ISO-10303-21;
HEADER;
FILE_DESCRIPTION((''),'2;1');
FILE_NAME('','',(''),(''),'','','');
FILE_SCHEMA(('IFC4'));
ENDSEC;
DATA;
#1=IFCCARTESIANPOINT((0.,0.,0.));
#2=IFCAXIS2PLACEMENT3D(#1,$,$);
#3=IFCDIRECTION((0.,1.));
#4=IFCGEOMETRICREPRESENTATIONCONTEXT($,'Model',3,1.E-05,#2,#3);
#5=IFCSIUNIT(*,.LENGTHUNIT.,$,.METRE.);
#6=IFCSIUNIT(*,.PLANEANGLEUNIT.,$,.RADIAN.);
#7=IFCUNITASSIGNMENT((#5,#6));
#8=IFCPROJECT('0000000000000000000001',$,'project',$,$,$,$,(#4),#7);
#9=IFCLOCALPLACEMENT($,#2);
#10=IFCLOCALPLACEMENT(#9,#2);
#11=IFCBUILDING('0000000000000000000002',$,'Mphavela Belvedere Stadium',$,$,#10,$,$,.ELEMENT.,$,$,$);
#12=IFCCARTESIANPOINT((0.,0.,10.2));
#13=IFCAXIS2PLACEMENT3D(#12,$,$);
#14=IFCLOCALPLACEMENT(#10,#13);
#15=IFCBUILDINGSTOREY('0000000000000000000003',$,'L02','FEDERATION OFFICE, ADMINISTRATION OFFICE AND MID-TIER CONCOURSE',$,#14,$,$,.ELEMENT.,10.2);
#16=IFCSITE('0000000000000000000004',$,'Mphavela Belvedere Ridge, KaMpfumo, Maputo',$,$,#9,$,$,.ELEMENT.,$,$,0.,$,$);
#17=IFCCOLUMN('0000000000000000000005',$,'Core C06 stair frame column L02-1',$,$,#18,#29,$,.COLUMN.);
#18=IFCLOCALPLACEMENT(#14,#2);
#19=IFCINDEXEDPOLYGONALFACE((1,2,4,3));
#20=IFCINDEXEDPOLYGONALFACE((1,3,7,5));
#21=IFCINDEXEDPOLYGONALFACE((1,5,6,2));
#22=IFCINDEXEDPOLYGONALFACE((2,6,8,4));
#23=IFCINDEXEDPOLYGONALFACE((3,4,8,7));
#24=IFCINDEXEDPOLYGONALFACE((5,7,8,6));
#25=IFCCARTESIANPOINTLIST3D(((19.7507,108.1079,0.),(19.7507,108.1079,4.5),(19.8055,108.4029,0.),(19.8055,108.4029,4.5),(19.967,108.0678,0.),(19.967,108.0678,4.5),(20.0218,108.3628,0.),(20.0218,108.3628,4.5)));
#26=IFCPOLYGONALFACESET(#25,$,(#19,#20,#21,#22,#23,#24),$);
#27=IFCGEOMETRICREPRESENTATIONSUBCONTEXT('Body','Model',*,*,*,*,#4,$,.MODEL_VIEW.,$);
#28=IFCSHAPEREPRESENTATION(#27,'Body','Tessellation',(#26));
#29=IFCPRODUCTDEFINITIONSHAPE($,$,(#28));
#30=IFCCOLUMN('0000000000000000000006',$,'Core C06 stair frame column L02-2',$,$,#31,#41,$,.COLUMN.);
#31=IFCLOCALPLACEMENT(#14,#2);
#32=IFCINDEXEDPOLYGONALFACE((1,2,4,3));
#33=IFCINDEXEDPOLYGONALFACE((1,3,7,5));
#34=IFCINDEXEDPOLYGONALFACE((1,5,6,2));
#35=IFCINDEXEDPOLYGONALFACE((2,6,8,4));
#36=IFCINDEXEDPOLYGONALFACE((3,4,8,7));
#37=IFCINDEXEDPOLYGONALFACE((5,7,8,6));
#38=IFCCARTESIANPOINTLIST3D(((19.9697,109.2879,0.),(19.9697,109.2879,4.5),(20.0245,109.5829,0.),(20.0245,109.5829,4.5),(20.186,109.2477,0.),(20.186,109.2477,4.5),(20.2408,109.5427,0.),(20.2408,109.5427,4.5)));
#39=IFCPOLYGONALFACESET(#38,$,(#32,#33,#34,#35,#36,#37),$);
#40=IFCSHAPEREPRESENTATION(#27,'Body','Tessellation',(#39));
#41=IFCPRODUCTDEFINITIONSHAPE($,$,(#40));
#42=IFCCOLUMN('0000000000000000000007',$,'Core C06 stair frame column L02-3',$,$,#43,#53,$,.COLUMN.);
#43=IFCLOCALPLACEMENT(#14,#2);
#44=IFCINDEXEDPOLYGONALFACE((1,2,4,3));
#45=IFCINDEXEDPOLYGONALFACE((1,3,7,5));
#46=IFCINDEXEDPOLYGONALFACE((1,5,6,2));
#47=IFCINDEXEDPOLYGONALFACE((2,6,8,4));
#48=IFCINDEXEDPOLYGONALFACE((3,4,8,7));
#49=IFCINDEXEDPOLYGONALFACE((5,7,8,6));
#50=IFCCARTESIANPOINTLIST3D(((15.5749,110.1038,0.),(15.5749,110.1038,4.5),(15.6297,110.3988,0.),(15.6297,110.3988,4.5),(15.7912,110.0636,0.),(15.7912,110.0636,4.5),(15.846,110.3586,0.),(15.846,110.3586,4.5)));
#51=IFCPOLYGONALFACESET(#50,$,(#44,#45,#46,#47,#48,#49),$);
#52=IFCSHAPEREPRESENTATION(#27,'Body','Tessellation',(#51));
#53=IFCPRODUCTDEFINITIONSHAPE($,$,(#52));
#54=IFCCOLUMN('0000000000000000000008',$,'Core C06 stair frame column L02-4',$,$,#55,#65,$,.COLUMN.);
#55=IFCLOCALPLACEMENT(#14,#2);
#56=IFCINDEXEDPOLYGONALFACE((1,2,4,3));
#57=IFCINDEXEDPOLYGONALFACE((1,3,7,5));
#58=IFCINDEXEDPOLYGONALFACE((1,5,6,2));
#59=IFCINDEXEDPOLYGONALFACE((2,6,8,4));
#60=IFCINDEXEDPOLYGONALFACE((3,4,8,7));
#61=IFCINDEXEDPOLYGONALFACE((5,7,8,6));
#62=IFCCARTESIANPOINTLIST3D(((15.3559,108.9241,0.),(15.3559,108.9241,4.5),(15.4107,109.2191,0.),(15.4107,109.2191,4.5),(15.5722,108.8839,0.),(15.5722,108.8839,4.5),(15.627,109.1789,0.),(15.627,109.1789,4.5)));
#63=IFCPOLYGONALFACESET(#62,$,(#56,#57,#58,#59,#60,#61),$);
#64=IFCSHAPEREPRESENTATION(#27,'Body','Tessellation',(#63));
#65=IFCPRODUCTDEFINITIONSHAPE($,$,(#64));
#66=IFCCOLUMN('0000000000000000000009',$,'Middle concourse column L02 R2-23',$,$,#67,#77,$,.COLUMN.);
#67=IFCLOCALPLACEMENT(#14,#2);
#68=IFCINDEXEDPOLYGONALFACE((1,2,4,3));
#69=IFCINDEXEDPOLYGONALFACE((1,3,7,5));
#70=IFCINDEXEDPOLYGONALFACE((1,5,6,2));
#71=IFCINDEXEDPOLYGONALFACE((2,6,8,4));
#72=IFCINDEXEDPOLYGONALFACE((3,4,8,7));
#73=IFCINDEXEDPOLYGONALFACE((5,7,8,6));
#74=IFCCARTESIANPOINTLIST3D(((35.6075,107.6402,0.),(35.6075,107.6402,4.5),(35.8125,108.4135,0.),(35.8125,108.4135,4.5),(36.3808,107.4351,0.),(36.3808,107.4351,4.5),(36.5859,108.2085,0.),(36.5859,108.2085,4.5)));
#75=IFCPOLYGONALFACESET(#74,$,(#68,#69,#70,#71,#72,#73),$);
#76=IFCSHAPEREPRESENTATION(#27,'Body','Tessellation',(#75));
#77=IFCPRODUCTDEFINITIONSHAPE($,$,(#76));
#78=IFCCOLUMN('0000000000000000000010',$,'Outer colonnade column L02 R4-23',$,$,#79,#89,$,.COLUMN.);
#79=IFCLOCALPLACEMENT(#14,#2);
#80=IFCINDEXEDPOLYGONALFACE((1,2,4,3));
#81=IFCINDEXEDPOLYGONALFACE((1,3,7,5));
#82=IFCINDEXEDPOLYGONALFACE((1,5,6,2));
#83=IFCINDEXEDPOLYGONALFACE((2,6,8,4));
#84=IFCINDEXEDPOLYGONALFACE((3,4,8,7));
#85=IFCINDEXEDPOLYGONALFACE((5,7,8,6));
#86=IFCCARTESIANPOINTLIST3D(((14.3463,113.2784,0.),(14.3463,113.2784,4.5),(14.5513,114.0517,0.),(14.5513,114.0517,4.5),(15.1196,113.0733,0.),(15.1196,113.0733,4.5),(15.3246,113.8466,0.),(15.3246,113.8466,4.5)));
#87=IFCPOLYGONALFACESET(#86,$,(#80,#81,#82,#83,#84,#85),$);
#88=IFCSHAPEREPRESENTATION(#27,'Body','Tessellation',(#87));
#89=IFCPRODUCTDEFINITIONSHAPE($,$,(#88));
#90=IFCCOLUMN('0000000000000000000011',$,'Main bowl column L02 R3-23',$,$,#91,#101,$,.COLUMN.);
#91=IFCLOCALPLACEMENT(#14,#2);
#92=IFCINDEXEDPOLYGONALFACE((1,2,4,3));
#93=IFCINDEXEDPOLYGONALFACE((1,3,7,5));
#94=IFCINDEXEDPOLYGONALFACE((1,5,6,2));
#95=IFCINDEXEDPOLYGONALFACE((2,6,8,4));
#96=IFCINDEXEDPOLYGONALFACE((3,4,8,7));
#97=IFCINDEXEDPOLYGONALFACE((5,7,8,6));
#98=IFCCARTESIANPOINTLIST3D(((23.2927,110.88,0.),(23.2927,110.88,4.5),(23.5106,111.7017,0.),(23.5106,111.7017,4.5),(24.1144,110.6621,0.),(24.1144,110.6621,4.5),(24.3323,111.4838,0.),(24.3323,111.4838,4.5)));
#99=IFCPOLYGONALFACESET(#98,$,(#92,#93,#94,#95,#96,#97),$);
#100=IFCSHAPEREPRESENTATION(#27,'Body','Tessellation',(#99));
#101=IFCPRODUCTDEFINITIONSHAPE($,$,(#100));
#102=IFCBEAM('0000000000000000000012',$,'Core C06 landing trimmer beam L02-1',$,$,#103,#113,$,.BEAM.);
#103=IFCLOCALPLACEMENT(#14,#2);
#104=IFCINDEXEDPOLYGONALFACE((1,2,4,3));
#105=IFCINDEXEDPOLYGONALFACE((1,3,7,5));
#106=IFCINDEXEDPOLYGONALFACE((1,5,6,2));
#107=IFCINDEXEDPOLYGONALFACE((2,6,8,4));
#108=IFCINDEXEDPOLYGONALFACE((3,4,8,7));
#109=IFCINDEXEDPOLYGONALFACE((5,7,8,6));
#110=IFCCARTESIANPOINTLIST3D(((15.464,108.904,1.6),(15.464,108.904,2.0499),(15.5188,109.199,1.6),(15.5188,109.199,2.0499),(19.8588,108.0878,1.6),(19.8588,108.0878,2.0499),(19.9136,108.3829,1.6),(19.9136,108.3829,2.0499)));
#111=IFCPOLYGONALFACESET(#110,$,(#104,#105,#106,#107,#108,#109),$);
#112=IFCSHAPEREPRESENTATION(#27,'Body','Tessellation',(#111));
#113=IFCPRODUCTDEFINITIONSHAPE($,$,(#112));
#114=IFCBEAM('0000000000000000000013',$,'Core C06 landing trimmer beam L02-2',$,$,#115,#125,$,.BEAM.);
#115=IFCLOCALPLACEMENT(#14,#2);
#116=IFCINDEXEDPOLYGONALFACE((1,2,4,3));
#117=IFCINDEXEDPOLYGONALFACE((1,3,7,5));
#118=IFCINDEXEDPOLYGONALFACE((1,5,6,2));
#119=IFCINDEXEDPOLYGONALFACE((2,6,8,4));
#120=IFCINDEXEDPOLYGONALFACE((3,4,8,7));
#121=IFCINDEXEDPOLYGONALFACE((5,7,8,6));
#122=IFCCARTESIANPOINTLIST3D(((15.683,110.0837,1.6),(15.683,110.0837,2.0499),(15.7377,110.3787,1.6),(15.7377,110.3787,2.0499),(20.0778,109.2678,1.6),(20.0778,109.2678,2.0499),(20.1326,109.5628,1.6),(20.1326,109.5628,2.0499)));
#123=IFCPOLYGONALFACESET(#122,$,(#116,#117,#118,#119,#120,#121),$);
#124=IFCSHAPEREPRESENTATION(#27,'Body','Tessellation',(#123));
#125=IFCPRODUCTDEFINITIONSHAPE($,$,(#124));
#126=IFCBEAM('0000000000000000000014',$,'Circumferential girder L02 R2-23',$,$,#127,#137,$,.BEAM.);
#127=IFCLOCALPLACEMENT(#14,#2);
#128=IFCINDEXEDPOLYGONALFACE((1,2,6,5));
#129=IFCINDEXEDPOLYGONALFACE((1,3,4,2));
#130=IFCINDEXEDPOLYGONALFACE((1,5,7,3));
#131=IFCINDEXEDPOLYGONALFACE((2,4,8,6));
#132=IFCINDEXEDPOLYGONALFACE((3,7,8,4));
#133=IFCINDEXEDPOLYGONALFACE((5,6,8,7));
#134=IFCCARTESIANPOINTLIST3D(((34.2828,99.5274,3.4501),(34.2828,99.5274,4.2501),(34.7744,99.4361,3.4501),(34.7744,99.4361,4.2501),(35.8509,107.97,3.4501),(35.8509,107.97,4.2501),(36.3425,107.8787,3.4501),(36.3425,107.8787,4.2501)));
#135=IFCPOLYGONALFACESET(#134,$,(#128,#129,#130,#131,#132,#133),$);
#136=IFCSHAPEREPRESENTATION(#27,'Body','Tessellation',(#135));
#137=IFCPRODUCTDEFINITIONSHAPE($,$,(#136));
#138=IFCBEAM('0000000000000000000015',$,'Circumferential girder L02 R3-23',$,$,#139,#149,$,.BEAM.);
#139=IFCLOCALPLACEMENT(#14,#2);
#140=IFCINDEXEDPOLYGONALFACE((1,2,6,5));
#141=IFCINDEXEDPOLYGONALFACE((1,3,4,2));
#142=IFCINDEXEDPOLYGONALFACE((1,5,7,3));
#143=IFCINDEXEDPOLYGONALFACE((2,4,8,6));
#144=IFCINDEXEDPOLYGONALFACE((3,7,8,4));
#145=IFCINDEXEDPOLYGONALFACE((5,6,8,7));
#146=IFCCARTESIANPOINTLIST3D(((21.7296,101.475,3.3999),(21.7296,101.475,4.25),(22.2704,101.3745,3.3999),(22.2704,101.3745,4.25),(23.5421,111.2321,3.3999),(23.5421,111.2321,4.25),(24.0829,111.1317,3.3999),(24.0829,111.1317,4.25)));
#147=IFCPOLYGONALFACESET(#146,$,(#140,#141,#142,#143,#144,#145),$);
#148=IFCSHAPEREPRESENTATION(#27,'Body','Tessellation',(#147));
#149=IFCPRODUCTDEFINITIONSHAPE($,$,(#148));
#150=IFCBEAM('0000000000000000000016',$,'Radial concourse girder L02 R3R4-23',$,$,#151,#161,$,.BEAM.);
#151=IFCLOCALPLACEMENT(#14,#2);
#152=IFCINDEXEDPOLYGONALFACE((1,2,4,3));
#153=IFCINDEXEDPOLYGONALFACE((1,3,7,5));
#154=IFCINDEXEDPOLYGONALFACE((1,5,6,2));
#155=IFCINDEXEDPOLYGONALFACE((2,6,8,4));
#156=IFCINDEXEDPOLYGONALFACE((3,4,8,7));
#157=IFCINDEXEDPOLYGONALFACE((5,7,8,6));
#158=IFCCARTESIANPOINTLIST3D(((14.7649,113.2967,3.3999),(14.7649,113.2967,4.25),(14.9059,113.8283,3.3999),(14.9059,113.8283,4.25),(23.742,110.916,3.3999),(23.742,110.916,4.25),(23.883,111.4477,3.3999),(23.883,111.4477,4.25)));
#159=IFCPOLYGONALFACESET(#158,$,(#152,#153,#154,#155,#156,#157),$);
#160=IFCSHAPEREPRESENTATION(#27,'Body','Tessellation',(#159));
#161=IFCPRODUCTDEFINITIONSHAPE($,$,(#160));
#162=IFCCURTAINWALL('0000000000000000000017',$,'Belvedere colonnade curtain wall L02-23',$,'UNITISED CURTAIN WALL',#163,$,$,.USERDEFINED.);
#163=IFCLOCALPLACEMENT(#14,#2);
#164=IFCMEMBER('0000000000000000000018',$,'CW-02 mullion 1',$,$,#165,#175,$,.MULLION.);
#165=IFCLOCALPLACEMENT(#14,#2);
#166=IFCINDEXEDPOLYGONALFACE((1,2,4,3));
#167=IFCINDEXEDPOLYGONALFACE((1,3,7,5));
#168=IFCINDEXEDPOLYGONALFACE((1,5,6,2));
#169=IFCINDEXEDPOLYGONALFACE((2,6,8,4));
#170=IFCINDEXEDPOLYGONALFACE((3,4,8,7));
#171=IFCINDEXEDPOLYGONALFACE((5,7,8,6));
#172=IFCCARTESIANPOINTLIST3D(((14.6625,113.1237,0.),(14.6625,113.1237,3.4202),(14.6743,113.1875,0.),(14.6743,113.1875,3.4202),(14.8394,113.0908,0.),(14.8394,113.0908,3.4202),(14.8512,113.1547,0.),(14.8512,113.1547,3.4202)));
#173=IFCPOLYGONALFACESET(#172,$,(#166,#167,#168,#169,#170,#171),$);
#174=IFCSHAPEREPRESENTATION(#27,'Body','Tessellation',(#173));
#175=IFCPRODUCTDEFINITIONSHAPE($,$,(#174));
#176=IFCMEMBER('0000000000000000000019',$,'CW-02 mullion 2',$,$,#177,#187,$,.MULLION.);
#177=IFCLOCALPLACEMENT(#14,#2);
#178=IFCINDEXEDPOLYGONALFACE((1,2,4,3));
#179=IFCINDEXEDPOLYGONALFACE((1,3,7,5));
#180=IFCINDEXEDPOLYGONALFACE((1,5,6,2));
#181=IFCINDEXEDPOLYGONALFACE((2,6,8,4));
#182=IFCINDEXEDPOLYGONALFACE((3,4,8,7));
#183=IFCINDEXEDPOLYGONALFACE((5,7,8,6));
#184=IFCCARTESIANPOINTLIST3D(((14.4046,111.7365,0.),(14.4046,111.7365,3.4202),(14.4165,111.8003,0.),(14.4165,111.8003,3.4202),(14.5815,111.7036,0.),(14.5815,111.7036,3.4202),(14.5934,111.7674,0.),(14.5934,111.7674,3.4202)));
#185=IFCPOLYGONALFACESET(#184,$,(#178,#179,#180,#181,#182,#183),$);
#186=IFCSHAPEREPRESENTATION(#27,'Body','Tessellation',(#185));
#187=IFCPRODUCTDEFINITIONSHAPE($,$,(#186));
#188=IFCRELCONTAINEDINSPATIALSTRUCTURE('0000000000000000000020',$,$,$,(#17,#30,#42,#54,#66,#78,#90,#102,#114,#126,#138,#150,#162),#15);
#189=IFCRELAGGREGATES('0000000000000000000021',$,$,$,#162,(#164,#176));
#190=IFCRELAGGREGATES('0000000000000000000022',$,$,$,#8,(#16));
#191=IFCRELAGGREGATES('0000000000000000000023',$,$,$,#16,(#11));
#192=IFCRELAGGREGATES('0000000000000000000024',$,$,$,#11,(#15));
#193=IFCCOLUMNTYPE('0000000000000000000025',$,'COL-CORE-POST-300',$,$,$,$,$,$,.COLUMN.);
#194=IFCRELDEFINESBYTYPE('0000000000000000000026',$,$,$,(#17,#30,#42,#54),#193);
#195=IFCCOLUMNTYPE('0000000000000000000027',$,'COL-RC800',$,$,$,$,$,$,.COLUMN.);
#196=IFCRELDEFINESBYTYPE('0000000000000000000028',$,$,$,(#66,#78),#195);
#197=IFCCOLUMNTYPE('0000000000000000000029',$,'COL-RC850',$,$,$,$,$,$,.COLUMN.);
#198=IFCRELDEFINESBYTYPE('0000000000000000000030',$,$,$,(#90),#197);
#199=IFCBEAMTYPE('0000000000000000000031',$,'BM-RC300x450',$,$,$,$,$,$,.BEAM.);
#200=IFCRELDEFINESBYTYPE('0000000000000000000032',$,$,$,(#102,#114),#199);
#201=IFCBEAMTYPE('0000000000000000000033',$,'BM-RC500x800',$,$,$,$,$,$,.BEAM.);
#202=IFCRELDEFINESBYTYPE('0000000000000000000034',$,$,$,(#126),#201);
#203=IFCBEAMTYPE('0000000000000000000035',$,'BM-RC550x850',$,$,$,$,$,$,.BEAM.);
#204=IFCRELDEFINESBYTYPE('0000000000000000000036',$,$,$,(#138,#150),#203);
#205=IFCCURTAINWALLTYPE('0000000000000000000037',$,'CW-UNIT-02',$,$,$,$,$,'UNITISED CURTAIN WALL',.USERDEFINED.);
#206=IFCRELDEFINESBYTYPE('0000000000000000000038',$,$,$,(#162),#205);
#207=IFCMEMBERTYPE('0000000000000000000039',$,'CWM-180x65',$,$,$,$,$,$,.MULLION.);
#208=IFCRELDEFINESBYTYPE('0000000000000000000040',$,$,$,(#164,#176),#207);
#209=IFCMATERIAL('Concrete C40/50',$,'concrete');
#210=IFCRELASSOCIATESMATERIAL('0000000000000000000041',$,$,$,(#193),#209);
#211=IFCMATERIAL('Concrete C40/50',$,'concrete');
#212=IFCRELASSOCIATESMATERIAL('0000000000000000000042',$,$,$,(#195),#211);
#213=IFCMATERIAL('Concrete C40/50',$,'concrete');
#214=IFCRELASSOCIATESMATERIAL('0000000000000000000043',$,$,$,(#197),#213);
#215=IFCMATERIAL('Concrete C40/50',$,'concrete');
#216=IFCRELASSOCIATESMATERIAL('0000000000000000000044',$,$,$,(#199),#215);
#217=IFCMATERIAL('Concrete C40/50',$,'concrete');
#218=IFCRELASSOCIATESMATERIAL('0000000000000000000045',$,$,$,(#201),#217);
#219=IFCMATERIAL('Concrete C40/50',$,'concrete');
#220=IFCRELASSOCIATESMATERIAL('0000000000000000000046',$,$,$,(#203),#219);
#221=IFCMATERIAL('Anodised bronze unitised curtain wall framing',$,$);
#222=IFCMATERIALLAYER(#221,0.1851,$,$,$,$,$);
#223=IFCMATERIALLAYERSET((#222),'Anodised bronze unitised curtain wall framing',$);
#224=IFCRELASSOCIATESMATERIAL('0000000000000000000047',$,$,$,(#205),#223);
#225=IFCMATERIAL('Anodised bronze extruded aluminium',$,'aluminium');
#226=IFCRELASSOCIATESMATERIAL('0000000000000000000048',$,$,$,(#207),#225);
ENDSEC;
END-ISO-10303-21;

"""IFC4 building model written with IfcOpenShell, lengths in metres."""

from ifc_helpers import new_model, si_unit, direction, frame, origin, origin_2d, place, context, subcontext, project, spatial, rectangle, extrude, material, layer, layer_set, material_profile, profile_set, type_object, element, aggregate, save


model = new_model("IFC4")

# Units and contexts
model_context = context("Model", 3, precision=1e-05, world=origin(), true_north=direction((0.0, 1.0)))
body_context = subcontext(model_context, "Body", "Model", "MODEL_VIEW")
ifc_project = project(units=[si_unit("LENGTHUNIT", "METRE"), si_unit("PLANEANGLEUNIT", "RADIAN")], contexts=[model_context])

# Site, building, storey
site_placement = place(None, origin())
site = spatial("IfcSite", under=ifc_project, at=site_placement, Name="Mphavela Belvedere Ridge, KaMpfumo, Maputo", CompositionType="ELEMENT", RefElevation=0.0)
building_placement = place(site_placement, origin())
building = spatial("IfcBuilding", under=site, at=building_placement, Name="Mphavela Belvedere Stadium", CompositionType="ELEMENT")
storey_placement = place(building_placement, frame((0.0, 0.0, 10.2)))
storey = spatial("IfcBuildingStorey", under=building, at=storey_placement, Name="L02", Description="FEDERATION OFFICE, ADMINISTRATION OFFICE AND MID-TIER CONCOURSE", CompositionType="ELEMENT", Elevation=10.2)

# Columns
ifc_material_1 = material(Name="Concrete C40/50", Category="concrete")
ifc_material_profile_1 = material_profile(ifc_material_1, rectangle(XDim=0.3, YDim=0.22, at=origin_2d()), Name="RC 300x220")
ifc_profile_set_1 = profile_set([ifc_material_profile_1], Name="Concrete C40/50")
column_type_1 = type_object("IfcColumnType", Name="COL-CORE-POST-300", PredefinedType="COLUMN", material=ifc_profile_set_1)
for number, where, z_axis, x_axis, name in (
    (1, (19.8862, 108.2354, 0.0), (0.0, 0.0, 1.0), (0.182579, 0.983191, 0.0), "Core C06 stair frame column L02-1"),
    (2, (20.1052, 109.4153, 0.0), (0.0, 0.0, 1.0), (0.182579, 0.983191, 0.0), "Core C06 stair frame column L02-2"),
    (3, (15.7104, 110.2312, 0.0), (0.0, 0.0, 1.0), (0.182579, 0.983191, 0.0), "Core C06 stair frame column L02-3"),
    (4, (15.4915, 109.0515, 0.0), (0.0, 0.0, 1.0), (0.182579, 0.983191, 0.0), "Core C06 stair frame column L02-4"),
):
    element("IfcColumn", number, at=place(storey_placement, frame(where, z_axis=z_axis, x_axis=x_axis)), inside=storey, type_object=column_type_1, Name=name, PredefinedType="COLUMN", context=body_context, shape_type="SweptSolid", body=[
        extrude(rectangle(XDim=0.3, YDim=0.22, at=origin_2d()), origin(), (0.0, 0.0, 1.0), 4.5),
    ])
ifc_material_2 = material(Name="Concrete C40/50", Category="concrete")
ifc_material_profile_2 = material_profile(ifc_material_2, rectangle(XDim=0.8, YDim=0.8, at=origin_2d()), Name="RC 800x800")
ifc_profile_set_2 = profile_set([ifc_material_profile_2], Name="Concrete C40/50")
column_type_2 = type_object("IfcColumnType", Name="COL-RC800", PredefinedType="COLUMN", material=ifc_profile_set_2)
for number, where, z_axis, x_axis, name in (
    (5, (36.0967, 107.9243, 0.0), (0.0, 0.0, 1.0), (-0.9666, 0.256289, 0.0), "Middle concourse column L02 R2-23"),
    (6, (14.8354, 113.5625, 0.0), (0.0, 0.0, 1.0), (-0.9666, 0.256289, 0.0), "Outer colonnade column L02 R4-23"),
):
    element("IfcColumn", number, at=place(storey_placement, frame(where, z_axis=z_axis, x_axis=x_axis)), inside=storey, type_object=column_type_2, Name=name, PredefinedType="COLUMN", context=body_context, shape_type="SweptSolid", body=[
        extrude(rectangle(XDim=0.8, YDim=0.8, at=origin_2d()), origin(), (0.0, 0.0, 1.0), 4.5),
    ])
ifc_material_3 = material(Name="Concrete C40/50", Category="concrete")
ifc_material_profile_3 = material_profile(ifc_material_3, rectangle(XDim=0.8501, YDim=0.8501, at=origin_2d()), Name="RC 850x850")
ifc_profile_set_3 = profile_set([ifc_material_profile_3], Name="Concrete C40/50")
column_type_3 = type_object("IfcColumnType", Name="COL-RC850", PredefinedType="COLUMN", material=ifc_profile_set_3)
column_placement = place(storey_placement, frame((23.8125, 111.1819, 0.0), z_axis=(0.0, 0.0, 1.0), x_axis=(-0.9666, 0.256289, 0.0)))
element("IfcColumn", 7, at=column_placement, inside=storey, type_object=column_type_3, Name="Main bowl column L02 R3-23", PredefinedType="COLUMN", context=body_context, shape_type="SweptSolid", body=[
    extrude(rectangle(XDim=0.8501, YDim=0.8501, at=origin_2d()), origin(), (0.0, 0.0, 1.0), 4.5),
])

# Beams
ifc_material_4 = material(Name="Concrete C40/50", Category="concrete")
ifc_material_profile_4 = material_profile(ifc_material_4, rectangle(XDim=0.3, YDim=0.45, at=origin_2d()), Name="RC 300x450")
ifc_profile_set_4 = profile_set([ifc_material_profile_4], Name="Concrete C40/50")
beam_type_1 = type_object("IfcBeamType", Name="BM-RC300x450", PredefinedType="BEAM", material=ifc_profile_set_4)
for number, where, z_axis, x_axis, name in (
    (8, (19.8862, 108.2354, 1.825), (-0.983189, 0.18259, 0.0), (-0.18259, -0.983189, 0.0), "Core C06 landing trimmer beam L02-1"),
    (9, (20.1052, 109.4153, 1.825), (-0.983199, 0.182537, 0.0), (-0.182537, -0.983199, 0.0), "Core C06 landing trimmer beam L02-2"),
):
    element("IfcBeam", number, at=place(storey_placement, frame(where, z_axis=z_axis, x_axis=x_axis)), inside=storey, type_object=beam_type_1, Name=name, PredefinedType="BEAM", context=body_context, shape_type="SweptSolid", body=[
        extrude(rectangle(XDim=0.3, YDim=0.45, at=origin_2d()), origin(), (0.0, 0.0, 1.0), 4.47),
    ])
ifc_material_5 = material(Name="Concrete C40/50", Category="concrete")
ifc_material_profile_5 = material_profile(ifc_material_5, rectangle(XDim=0.5, YDim=0.8, at=origin_2d()), Name="RC 500x800")
ifc_profile_set_5 = profile_set([ifc_material_profile_5], Name="Concrete C40/50")
beam_type_2 = type_object("IfcBeamType", Name="BM-RC500x800", PredefinedType="BEAM", material=ifc_profile_set_5)
beam_1_placement = place(storey_placement, frame((36.0967, 107.9243, 3.8501), z_axis=(-0.182615, -0.983185, 0.0), x_axis=(0.983185, -0.182615, 0.0)))
element("IfcBeam", 10, at=beam_1_placement, inside=storey, type_object=beam_type_2, Name="Circumferential girder L02 R2-23", PredefinedType="BEAM", context=body_context, shape_type="SweptSolid", body=[
    extrude(rectangle(XDim=0.5, YDim=0.8, at=origin_2d()), origin(), (0.0, 0.0, 1.0), 8.5869),
])
ifc_material_6 = material(Name="Concrete C40/50", Category="concrete")
ifc_material_profile_6 = material_profile(ifc_material_6, rectangle(XDim=0.55, YDim=0.8501, at=origin_2d()), Name="RC 550x850")
ifc_profile_set_6 = profile_set([ifc_material_profile_6], Name="Concrete C40/50")
beam_type_3 = type_object("IfcBeamType", Name="BM-RC550x850", PredefinedType="BEAM", material=ifc_profile_set_6)
beam_2_placement = place(storey_placement, frame((23.8125, 111.1819, 3.825), z_axis=(-0.182638, -0.98318, 0.0), x_axis=(0.98318, -0.182638, 0.0)))
element("IfcBeam", 11, at=beam_2_placement, inside=storey, type_object=beam_type_3, Name="Circumferential girder L02 R3-23", PredefinedType="BEAM", context=body_context, shape_type="SweptSolid", body=[
    extrude(rectangle(XDim=0.55, YDim=0.8501, at=origin_2d()), origin(), (0.0, 0.0, 1.0), 9.9241),
])
beam_3_placement = place(storey_placement, frame((23.8125, 111.1819, 3.825), z_axis=(-0.96659, 0.256329, 0.0), x_axis=(-0.256329, -0.96659, 0.0)))
element("IfcBeam", 12, at=beam_3_placement, inside=storey, type_object=beam_type_3, Name="Radial concourse girder L02 R3R4-23", PredefinedType="BEAM", context=body_context, shape_type="SweptSolid", body=[
    extrude(rectangle(XDim=0.55, YDim=0.8501, at=origin_2d()), origin(), (0.0, 0.0, 1.0), 9.2874),
])

# Curtain wall, members
ifc_material_7 = material(Name="Anodised bronze unitised curtain wall framing")
ifc_layer_1 = layer(ifc_material_7, 0.1851)
ifc_layer_set_1 = layer_set([ifc_layer_1], Name="Anodised bronze unitised curtain wall framing")
curtain_wall_type = type_object("IfcCurtainWallType", Name="CW-UNIT-02", ElementType="UNITISED CURTAIN WALL", PredefinedType="USERDEFINED", material=ifc_layer_set_1)
curtain_wall_placement = place(storey_placement, origin())
curtain_wall = element("IfcCurtainWall", 13, at=curtain_wall_placement, inside=storey, type_object=curtain_wall_type, Name="Belvedere colonnade curtain wall L02-23", ObjectType="UNITISED CURTAIN WALL", PredefinedType="USERDEFINED")
ifc_material_8 = material(Name="Anodised bronze extruded aluminium", Category="aluminium")
ifc_material_profile_7 = material_profile(ifc_material_8, rectangle(XDim=0.1799, YDim=0.0649, at=origin_2d()), Name="CW-MUL 180x65")
ifc_profile_set_7 = profile_set([ifc_material_profile_7], Name="Anodised bronze extruded aluminium")
member_type_1 = type_object("IfcMemberType", Name="CWM-180x65", PredefinedType="MULLION", material=ifc_profile_set_7)
member_1_placement = place(storey_placement, frame((14.7568, 113.1392, 0.0), z_axis=(0.0, 0.0, 1.0), x_axis=(0.983183, -0.182625, 0.0)))
member_1 = element("IfcMember", 14, at=member_1_placement, type_object=member_type_1, Name="CW-02 mullion 1", PredefinedType="MULLION", context=body_context, shape_type="SweptSolid", body=[
    extrude(rectangle(XDim=0.1799, YDim=0.0649, at=origin_2d()), origin(), (0.0, 0.0, 1.0), 3.4202),
])
member_2_placement = place(storey_placement, frame((14.499, 111.752, 0.0), z_axis=(0.0, 0.0, 1.0), x_axis=(0.983183, -0.182625, 0.0)))
member_2 = element("IfcMember", 15, at=member_2_placement, type_object=member_type_1, Name="CW-02 mullion 2", PredefinedType="MULLION", context=body_context, shape_type="SweptSolid", body=[
    extrude(rectangle(XDim=0.1799, YDim=0.0649, at=origin_2d()), origin(), (0.0, 0.0, 1.0), 3.4202),
])
aggregate(curtain_wall, [member_1, member_2])

save(model, "model.ifc")
